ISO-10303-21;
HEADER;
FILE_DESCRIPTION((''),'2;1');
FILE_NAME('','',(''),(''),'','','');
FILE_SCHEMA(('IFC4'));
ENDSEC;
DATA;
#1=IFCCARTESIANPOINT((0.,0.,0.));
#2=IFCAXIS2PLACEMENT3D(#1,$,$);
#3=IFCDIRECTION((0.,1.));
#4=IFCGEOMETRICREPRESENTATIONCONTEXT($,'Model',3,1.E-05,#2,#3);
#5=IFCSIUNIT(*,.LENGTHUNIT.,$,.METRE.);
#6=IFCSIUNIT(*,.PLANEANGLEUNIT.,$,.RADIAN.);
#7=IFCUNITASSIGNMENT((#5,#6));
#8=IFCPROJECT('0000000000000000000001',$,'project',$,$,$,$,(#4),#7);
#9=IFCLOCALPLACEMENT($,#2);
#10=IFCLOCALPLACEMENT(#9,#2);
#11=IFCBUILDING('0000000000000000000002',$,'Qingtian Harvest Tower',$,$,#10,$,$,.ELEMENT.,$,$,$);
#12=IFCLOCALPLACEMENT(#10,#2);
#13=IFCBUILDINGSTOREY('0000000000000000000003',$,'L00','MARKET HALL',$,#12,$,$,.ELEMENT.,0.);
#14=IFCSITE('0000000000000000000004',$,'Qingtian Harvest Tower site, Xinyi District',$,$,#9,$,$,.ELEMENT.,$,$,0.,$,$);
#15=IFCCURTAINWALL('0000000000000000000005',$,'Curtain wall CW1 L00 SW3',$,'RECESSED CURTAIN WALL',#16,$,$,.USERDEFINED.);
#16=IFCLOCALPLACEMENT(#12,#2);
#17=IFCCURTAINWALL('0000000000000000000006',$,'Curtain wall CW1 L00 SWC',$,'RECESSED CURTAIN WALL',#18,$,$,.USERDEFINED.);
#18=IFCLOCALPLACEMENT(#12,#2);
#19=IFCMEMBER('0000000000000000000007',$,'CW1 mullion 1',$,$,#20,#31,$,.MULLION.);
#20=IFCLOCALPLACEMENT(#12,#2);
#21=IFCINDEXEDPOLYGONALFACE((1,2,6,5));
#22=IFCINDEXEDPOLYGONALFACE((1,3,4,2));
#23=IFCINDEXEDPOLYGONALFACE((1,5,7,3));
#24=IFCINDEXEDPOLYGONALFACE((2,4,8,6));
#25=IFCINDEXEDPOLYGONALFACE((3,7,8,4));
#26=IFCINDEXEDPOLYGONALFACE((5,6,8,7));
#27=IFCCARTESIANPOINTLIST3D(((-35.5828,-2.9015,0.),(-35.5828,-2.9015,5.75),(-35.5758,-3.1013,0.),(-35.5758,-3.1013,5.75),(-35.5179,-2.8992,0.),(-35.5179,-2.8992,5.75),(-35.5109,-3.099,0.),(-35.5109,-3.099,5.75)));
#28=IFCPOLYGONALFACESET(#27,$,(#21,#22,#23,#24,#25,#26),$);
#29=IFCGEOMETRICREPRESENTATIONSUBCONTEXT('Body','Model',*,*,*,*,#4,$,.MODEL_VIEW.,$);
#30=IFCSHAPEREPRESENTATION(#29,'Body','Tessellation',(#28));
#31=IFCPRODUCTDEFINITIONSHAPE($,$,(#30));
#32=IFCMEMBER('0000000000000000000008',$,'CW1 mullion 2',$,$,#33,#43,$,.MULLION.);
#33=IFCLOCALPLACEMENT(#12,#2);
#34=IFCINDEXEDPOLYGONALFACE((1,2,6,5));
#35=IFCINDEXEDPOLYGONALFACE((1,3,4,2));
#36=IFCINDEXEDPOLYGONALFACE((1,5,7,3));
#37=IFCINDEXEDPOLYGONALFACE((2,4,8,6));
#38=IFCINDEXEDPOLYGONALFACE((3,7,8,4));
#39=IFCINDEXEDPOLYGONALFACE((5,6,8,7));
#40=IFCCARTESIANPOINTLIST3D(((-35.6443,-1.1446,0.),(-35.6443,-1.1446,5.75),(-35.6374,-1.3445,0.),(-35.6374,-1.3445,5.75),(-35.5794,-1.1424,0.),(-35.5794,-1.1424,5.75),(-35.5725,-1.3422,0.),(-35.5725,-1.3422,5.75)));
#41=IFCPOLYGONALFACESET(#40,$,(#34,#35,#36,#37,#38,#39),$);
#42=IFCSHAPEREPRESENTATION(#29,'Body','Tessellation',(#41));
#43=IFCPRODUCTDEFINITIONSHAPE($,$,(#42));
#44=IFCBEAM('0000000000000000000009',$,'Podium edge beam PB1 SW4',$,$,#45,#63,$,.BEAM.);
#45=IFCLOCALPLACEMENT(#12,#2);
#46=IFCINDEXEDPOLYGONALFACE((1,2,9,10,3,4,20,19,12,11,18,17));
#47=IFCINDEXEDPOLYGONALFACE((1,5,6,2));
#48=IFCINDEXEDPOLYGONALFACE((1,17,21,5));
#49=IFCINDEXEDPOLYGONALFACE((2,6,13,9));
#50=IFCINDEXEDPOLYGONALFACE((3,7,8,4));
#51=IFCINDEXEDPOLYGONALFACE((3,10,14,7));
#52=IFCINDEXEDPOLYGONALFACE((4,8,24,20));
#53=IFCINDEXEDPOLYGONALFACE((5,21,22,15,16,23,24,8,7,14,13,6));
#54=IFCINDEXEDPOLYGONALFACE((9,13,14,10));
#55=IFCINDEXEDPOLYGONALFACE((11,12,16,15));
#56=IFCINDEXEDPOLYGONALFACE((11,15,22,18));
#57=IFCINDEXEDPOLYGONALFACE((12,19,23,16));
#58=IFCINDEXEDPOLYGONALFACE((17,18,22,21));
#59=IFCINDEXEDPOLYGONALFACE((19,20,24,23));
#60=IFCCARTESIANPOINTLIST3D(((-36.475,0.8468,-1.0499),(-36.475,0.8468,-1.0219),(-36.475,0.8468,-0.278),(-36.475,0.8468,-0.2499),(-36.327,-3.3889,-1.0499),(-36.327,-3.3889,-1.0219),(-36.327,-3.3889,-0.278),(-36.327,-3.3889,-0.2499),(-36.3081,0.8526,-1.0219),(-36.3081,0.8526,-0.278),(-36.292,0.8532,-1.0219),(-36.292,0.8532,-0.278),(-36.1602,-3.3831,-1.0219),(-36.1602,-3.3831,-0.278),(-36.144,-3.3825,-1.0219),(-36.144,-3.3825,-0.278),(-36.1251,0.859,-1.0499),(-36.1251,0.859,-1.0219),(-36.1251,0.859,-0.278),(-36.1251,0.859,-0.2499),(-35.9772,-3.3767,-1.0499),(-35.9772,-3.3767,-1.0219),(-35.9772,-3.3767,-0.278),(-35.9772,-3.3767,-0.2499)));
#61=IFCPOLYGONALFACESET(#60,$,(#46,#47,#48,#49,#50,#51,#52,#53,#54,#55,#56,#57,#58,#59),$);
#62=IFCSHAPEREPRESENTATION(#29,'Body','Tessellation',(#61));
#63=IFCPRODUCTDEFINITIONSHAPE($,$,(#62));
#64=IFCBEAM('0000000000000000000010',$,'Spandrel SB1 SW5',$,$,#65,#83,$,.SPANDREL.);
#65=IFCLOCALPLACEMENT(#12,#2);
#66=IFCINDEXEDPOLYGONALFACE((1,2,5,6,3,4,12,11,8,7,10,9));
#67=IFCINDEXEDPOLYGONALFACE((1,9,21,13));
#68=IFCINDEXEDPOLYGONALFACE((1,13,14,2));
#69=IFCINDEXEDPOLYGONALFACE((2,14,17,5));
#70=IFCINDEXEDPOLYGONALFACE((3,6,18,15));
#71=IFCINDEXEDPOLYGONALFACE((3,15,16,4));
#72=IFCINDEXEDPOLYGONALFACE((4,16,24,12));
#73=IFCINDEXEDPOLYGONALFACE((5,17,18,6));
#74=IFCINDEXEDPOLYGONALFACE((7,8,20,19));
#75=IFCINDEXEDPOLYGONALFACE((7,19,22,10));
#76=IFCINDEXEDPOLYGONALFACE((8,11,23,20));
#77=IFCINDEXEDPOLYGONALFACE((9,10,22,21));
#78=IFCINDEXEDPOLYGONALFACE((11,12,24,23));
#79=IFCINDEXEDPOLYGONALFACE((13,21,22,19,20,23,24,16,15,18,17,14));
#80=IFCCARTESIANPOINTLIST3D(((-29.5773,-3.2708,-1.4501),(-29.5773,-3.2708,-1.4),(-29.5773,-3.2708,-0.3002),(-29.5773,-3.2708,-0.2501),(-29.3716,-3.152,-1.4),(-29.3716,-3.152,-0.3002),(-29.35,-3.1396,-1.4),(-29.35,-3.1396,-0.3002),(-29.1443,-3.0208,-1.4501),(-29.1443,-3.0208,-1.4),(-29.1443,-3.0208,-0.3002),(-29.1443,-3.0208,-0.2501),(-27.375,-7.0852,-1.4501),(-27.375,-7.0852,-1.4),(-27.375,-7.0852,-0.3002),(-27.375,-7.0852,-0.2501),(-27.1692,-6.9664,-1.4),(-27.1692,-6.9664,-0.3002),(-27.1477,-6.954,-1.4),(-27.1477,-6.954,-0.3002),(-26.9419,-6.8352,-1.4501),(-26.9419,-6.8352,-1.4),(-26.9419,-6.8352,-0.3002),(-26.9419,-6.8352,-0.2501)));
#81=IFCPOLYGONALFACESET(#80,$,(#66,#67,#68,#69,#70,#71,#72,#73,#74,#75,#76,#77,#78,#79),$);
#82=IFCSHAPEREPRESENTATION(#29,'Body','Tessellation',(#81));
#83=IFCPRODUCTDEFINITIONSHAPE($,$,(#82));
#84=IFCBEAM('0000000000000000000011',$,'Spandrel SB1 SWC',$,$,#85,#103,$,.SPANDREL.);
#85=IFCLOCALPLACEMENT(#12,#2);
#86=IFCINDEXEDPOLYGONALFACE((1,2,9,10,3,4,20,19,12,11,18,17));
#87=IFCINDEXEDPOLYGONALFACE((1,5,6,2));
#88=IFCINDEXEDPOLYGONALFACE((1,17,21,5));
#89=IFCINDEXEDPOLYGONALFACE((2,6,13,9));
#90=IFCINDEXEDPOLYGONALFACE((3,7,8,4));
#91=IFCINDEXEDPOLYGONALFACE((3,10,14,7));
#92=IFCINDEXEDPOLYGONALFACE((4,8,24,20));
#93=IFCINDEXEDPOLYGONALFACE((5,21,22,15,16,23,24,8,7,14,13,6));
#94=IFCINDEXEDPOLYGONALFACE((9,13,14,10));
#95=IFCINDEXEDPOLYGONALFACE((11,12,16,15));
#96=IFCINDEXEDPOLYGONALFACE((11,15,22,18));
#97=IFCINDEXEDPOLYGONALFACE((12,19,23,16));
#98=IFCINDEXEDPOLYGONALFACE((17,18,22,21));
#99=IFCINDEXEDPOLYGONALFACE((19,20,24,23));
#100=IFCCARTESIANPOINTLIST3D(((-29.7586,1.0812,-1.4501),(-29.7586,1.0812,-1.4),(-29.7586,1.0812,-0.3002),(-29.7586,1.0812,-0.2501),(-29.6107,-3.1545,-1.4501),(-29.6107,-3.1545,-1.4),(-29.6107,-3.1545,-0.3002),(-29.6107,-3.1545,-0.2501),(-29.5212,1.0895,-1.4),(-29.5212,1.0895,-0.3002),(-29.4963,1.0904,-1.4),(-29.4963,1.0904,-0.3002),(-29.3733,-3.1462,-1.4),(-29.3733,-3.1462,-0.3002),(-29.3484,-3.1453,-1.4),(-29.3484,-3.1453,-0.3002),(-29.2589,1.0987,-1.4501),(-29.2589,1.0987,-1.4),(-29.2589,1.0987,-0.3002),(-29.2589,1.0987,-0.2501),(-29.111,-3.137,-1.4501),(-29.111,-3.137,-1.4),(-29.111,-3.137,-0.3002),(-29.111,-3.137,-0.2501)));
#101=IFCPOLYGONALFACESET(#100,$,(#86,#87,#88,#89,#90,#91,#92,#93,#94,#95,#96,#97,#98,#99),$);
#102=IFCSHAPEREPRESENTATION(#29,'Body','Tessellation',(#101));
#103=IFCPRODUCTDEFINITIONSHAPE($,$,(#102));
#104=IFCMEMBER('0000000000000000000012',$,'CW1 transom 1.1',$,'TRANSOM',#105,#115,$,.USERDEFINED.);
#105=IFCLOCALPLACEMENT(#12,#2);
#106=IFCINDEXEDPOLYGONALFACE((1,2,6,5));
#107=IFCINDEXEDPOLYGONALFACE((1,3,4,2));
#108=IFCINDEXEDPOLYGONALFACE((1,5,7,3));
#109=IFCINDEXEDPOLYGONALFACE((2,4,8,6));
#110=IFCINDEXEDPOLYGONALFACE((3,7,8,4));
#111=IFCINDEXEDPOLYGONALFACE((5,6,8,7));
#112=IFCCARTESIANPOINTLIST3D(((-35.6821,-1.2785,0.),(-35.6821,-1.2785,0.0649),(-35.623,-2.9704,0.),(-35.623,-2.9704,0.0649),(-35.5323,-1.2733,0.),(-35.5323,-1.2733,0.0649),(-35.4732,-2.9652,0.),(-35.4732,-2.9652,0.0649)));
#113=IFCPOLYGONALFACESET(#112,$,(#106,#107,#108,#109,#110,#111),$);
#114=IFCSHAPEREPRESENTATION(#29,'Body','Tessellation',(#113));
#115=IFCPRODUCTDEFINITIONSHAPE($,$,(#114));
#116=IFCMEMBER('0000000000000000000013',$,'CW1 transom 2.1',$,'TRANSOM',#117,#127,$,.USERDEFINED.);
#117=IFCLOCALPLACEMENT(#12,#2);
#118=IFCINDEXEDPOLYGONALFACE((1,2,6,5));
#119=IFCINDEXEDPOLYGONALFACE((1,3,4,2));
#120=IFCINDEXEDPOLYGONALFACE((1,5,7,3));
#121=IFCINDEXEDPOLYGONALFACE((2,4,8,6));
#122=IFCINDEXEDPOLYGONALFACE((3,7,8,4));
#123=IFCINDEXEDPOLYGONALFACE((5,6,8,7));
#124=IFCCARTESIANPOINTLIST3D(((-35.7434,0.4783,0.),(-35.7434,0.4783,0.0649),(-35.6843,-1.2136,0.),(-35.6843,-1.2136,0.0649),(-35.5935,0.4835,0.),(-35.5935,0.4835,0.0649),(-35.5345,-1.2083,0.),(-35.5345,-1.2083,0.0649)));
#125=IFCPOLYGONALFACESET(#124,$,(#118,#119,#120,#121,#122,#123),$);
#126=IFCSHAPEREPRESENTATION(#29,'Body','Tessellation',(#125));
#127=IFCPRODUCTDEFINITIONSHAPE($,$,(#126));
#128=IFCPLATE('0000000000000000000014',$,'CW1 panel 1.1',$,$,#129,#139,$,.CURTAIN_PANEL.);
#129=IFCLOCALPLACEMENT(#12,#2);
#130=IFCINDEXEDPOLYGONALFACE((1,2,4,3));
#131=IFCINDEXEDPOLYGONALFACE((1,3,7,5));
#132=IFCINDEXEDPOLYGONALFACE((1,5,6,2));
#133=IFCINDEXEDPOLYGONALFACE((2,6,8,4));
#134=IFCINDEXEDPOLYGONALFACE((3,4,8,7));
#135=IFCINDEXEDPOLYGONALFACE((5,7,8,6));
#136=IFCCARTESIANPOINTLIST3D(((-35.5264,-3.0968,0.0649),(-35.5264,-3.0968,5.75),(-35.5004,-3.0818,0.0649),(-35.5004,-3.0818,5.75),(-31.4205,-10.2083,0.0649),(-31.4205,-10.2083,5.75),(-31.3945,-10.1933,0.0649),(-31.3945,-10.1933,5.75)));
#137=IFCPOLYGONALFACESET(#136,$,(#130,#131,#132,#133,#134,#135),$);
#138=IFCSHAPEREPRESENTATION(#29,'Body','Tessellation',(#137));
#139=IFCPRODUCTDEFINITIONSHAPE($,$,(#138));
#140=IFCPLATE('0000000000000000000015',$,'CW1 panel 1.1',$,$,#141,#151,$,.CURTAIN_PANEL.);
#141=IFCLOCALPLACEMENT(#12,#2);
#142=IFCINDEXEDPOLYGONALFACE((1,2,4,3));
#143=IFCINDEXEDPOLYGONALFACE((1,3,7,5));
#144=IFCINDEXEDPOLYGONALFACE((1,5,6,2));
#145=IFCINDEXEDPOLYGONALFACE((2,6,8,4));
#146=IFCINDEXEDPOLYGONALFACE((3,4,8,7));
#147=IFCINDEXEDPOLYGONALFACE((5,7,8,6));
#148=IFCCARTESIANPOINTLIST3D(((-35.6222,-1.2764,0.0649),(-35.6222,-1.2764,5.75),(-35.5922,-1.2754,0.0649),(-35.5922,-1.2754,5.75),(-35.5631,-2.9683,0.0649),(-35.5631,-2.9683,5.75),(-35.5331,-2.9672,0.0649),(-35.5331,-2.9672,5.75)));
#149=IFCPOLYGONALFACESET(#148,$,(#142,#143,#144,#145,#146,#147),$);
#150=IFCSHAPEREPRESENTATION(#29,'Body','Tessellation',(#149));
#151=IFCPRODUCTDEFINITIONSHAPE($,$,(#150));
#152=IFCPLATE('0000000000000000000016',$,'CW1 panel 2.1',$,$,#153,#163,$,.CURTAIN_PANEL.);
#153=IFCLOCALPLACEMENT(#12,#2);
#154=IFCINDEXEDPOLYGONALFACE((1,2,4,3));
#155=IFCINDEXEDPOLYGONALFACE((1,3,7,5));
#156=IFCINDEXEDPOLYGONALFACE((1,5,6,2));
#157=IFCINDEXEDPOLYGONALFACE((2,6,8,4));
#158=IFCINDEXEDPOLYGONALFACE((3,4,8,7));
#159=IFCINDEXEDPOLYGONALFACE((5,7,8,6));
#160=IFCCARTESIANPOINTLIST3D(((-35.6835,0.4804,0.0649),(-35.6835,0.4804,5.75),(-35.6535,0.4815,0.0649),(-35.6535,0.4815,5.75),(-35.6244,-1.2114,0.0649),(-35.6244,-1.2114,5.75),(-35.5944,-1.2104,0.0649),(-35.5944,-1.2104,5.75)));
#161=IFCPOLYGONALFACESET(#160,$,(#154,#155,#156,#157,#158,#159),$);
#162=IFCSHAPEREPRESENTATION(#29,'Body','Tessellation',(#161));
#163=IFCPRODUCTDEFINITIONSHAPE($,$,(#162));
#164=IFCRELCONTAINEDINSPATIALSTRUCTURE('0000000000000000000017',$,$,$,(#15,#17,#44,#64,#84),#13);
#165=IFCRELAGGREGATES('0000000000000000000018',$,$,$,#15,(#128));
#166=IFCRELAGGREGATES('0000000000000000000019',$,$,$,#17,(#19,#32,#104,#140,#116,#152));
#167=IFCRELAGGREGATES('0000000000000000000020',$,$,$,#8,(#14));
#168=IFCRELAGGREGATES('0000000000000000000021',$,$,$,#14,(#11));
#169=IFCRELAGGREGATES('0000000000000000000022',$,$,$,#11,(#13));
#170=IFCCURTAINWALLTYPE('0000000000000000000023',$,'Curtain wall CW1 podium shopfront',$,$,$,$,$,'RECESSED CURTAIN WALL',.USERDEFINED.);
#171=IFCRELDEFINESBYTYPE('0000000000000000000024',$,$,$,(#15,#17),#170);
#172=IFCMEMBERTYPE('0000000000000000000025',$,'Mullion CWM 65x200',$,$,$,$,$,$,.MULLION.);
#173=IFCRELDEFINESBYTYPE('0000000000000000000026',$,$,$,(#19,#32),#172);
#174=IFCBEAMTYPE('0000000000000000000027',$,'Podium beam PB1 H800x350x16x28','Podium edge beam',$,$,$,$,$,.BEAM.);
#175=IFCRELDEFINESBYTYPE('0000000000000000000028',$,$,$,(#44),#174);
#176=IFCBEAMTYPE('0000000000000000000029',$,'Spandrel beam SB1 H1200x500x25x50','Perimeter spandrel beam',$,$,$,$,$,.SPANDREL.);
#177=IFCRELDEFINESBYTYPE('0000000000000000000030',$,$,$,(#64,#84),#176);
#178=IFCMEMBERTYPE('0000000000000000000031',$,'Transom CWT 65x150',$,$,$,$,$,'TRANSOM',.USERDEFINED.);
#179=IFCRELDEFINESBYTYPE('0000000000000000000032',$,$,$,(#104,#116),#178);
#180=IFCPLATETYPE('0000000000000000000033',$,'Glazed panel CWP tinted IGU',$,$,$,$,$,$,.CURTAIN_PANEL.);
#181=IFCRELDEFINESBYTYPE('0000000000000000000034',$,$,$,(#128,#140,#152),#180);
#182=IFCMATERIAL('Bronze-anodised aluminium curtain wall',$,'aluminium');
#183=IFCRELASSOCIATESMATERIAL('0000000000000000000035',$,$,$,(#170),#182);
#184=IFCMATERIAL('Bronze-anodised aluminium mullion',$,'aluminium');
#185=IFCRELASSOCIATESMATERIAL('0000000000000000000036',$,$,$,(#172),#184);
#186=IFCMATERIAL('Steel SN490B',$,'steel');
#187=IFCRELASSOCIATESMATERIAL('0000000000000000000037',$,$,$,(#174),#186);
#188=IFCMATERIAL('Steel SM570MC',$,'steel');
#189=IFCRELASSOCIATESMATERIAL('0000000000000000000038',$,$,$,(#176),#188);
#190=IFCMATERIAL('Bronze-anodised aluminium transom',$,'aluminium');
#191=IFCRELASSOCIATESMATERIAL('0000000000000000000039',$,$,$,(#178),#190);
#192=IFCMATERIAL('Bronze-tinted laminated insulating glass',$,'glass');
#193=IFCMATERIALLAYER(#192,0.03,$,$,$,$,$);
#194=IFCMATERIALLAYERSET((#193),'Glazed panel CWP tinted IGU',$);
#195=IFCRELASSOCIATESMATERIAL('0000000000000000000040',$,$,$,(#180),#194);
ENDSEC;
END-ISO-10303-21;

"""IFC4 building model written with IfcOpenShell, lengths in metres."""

from ifc_helpers import new_model, si_unit, direction, frame, origin, origin_2d, place, context, subcontext, project, spatial, rectangle, i_section, extrude, material, layer, layer_set, material_profile, profile_set, type_object, element, aggregate, save


model = new_model("IFC4")

# Units and contexts
model_context = context("Model", 3, precision=1e-05, world=origin(), true_north=direction((0.0, 1.0)))
body_context = subcontext(model_context, "Body", "Model", "MODEL_VIEW")
ifc_project = project(units=[si_unit("LENGTHUNIT", "METRE"), si_unit("PLANEANGLEUNIT", "RADIAN")], contexts=[model_context])

# Site, building, storey
site_placement = place(None, origin())
site = spatial("IfcSite", under=ifc_project, at=site_placement, Name="Qingtian Harvest Tower site, Xinyi District", CompositionType="ELEMENT", RefElevation=0.0)
building_placement = place(site_placement, origin())
building = spatial("IfcBuilding", under=site, at=building_placement, Name="Qingtian Harvest Tower", CompositionType="ELEMENT")
storey_placement = place(building_placement, origin())
storey = spatial("IfcBuildingStorey", under=building, at=storey_placement, Name="L00", Description="MARKET HALL", CompositionType="ELEMENT", Elevation=0.0)

# Curtain wall
ifc_material_1 = material(Name="Bronze-anodised aluminium curtain wall", Category="aluminium")
curtain_wall_type = type_object("IfcCurtainWallType", Name="Curtain wall CW1 podium shopfront", ElementType="RECESSED CURTAIN WALL", PredefinedType="USERDEFINED", material=ifc_material_1)
curtain_wall_1_placement = place(storey_placement, origin())
curtain_wall_1 = element("IfcCurtainWall", 1, at=curtain_wall_1_placement, inside=storey, type_object=curtain_wall_type, Name="Curtain wall CW1 L00 SW3", ObjectType="RECESSED CURTAIN WALL", PredefinedType="USERDEFINED")
ifc_material_2 = material(Name="Bronze-anodised aluminium mullion", Category="aluminium")
ifc_material_profile_1 = material_profile(ifc_material_2, rectangle(XDim=0.0649, YDim=0.2, at=origin_2d()), Name="AL 65x200")
ifc_profile_set_1 = profile_set([ifc_material_profile_1], Name="Bronze-anodised aluminium mullion")
member_type_1 = type_object("IfcMemberType", Name="Mullion CWM 65x200", PredefinedType="MULLION", material=ifc_profile_set_1)

# Curtain wall, members
curtain_wall_2_placement = place(storey_placement, origin())
curtain_wall_2 = element("IfcCurtainWall", 2, at=curtain_wall_2_placement, inside=storey, type_object=curtain_wall_type, Name="Curtain wall CW1 L00 SWC", ObjectType="RECESSED CURTAIN WALL", PredefinedType="USERDEFINED")
member_1_placement = place(storey_placement, frame((-35.5469, -3.0002, 0.0), z_axis=(0.0, 0.0, 1.0), x_axis=(-0.999391, -0.034899, 0.0)))
member_1 = element("IfcMember", 3, at=member_1_placement, type_object=member_type_1, Name="CW1 mullion 1", PredefinedType="MULLION", context=body_context, shape_type="SweptSolid", body=[
    extrude(rectangle(XDim=0.0649, YDim=0.2, at=origin_2d()), origin(), (0.0, 0.0, 1.0), 5.75),
])
member_2_placement = place(storey_placement, frame((-35.6084, -1.2434, 0.0), z_axis=(0.0, 0.0, 1.0), x_axis=(-0.999391, -0.034899, 0.0)))
member_2 = element("IfcMember", 4, at=member_2_placement, type_object=member_type_1, Name="CW1 mullion 2", PredefinedType="MULLION", context=body_context, shape_type="SweptSolid", body=[
    extrude(rectangle(XDim=0.0649, YDim=0.2, at=origin_2d()), origin(), (0.0, 0.0, 1.0), 5.75),
])

# Beams
ifc_material_3 = material(Name="Steel SN490B", Category="steel")
ifc_material_profile_2 = material_profile(ifc_material_3, i_section(OverallWidth=0.3501, OverallDepth=0.8, WebThickness=0.0161, FlangeThickness=0.0281, at=origin_2d()), Name="H800x350x16x28")
ifc_profile_set_2 = profile_set([ifc_material_profile_2], Name="Steel SN490B")
beam_type_1 = type_object("IfcBeamType", Name="Podium beam PB1 H800x350x16x28", Description="Podium edge beam", PredefinedType="BEAM", material=ifc_profile_set_2)
beam_1_placement = place(storey_placement, frame((-36.1521, -3.3828, -0.6499), z_axis=(-0.034909, 0.999391, 0.0), x_axis=(-0.999391, -0.034909, 0.0)))
element("IfcBeam", 5, at=beam_1_placement, inside=storey, type_object=beam_type_1, Name="Podium edge beam PB1 SW4", PredefinedType="BEAM", context=body_context, shape_type="SweptSolid", body=[
    extrude(i_section(OverallWidth=0.3501, OverallDepth=0.8, WebThickness=0.0161, FlangeThickness=0.0281, at=origin_2d()), origin(), (0.0, 0.0, 1.0), 4.2383),
])
ifc_material_4 = material(Name="Steel SM570MC", Category="steel")
ifc_material_profile_3 = material_profile(ifc_material_4, i_section(OverallWidth=0.5, OverallDepth=1.2, WebThickness=0.0249, FlangeThickness=0.05, at=origin_2d()), Name="H1200x500x25x50")
ifc_profile_set_3 = profile_set([ifc_material_profile_3], Name="Steel SM570MC")
beam_type_2 = type_object("IfcBeamType", Name="Spandrel beam SB1 H1200x500x25x50", Description="Perimeter spandrel beam", PredefinedType="SPANDREL", material=ifc_profile_set_3)
beam_2_placement = place(storey_placement, frame((-27.1584, -6.9602, -0.8501), z_axis=(-0.50002, 0.866014, 0.0), x_axis=(-0.866014, -0.50002, 0.0)))
element("IfcBeam", 6, at=beam_2_placement, inside=storey, type_object=beam_type_2, Name="Spandrel SB1 SW5", PredefinedType="SPANDREL", context=body_context, shape_type="SweptSolid", body=[
    extrude(i_section(OverallWidth=0.5, OverallDepth=1.2, WebThickness=0.0249, FlangeThickness=0.05, at=origin_2d()), origin(), (0.0, 0.0, 1.0), 4.4045),
])
beam_3_placement = place(storey_placement, frame((-29.3608, -3.1458, -0.8501), z_axis=(-0.034909, 0.999391, 0.0), x_axis=(-0.999391, -0.034909, 0.0)))
element("IfcBeam", 7, at=beam_3_placement, inside=storey, type_object=beam_type_2, Name="Spandrel SB1 SWC", PredefinedType="SPANDREL", context=body_context, shape_type="SweptSolid", body=[
    extrude(i_section(OverallWidth=0.5, OverallDepth=1.2, WebThickness=0.0249, FlangeThickness=0.05, at=origin_2d()), origin(), (0.0, 0.0, 1.0), 4.2383),
])

# Members
ifc_material_5 = material(Name="Bronze-anodised aluminium transom", Category="aluminium")
ifc_material_profile_4 = material_profile(ifc_material_5, rectangle(XDim=0.1499, YDim=0.0649, at=origin_2d()), Name="AL 65x150")
ifc_profile_set_4 = profile_set([ifc_material_profile_4], Name="Bronze-anodised aluminium transom")
member_type_2 = type_object("IfcMemberType", Name="Transom CWT 65x150", ElementType="TRANSOM", PredefinedType="USERDEFINED", material=ifc_profile_set_4)
member_3_placement = place(storey_placement, frame((-35.5481, -2.9678, 0.0325), z_axis=(-0.034899, 0.999391, 0.0), x_axis=(-0.999391, -0.034899, 0.0)))
member_3 = element("IfcMember", 8, at=member_3_placement, type_object=member_type_2, Name="CW1 transom 1.1", ObjectType="TRANSOM", PredefinedType="USERDEFINED", context=body_context, shape_type="SweptSolid", body=[
    extrude(rectangle(XDim=0.1499, YDim=0.0649, at=origin_2d()), origin(), (0.0, 0.0, 1.0), 1.6929),
])
member_4_placement = place(storey_placement, frame((-35.6094, -1.2109, 0.0325), z_axis=(-0.034899, 0.999391, 0.0), x_axis=(-0.999391, -0.034899, 0.0)))
member_4 = element("IfcMember", 9, at=member_4_placement, type_object=member_type_2, Name="CW1 transom 2.1", ObjectType="TRANSOM", PredefinedType="USERDEFINED", context=body_context, shape_type="SweptSolid", body=[
    extrude(rectangle(XDim=0.1499, YDim=0.0649, at=origin_2d()), origin(), (0.0, 0.0, 1.0), 1.6929),
])

# Plates
ifc_material_6 = material(Name="Bronze-tinted laminated insulating glass", Category="glass")
ifc_layer_1 = layer(ifc_material_6, 0.03)
ifc_layer_set_1 = layer_set([ifc_layer_1], Name="Glazed panel CWP tinted IGU")
plate_type = type_object("IfcPlateType", Name="Glazed panel CWP tinted IGU", PredefinedType="CURTAIN_PANEL", material=ifc_layer_set_1)
plate_1_placement = place(storey_placement, frame((-33.4604, -6.645, 0.0649), z_axis=(0.0, 0.0, 1.0), x_axis=(-0.5, 0.866025, 0.0)))
plate_1 = element("IfcPlate", 10, at=plate_1_placement, type_object=plate_type, Name="CW1 panel 1.1", PredefinedType="CURTAIN_PANEL", context=body_context, shape_type="SweptSolid", body=[
    extrude(rectangle(XDim=8.2117, YDim=0.03, at=origin_2d()), origin(), (0.0, 0.0, 1.0), 5.6851),
])
aggregate(curtain_wall_1, [plate_1])
plate_2_placement = place(storey_placement, frame((-35.5776, -2.1218, 0.0649), z_axis=(0.0, 0.0, 1.0), x_axis=(-0.034899, 0.999391, 0.0)))
plate_2 = element("IfcPlate", 11, at=plate_2_placement, type_object=plate_type, Name="CW1 panel 1.1", PredefinedType="CURTAIN_PANEL", context=body_context, shape_type="SweptSolid", body=[
    extrude(rectangle(XDim=1.6929, YDim=0.03, at=origin_2d()), origin(), (0.0, 0.0, 1.0), 5.6851),
])
plate_3_placement = place(storey_placement, frame((-35.6389, -0.365, 0.0649), z_axis=(0.0, 0.0, 1.0), x_axis=(-0.034899, 0.999391, 0.0)))
plate_3 = element("IfcPlate", 12, at=plate_3_placement, type_object=plate_type, Name="CW1 panel 2.1", PredefinedType="CURTAIN_PANEL", context=body_context, shape_type="SweptSolid", body=[
    extrude(rectangle(XDim=1.6929, YDim=0.03, at=origin_2d()), origin(), (0.0, 0.0, 1.0), 5.6851),
])
aggregate(curtain_wall_2, [member_1, member_2, member_3, plate_2, member_4, plate_3])

save(model, "model.ifc")
